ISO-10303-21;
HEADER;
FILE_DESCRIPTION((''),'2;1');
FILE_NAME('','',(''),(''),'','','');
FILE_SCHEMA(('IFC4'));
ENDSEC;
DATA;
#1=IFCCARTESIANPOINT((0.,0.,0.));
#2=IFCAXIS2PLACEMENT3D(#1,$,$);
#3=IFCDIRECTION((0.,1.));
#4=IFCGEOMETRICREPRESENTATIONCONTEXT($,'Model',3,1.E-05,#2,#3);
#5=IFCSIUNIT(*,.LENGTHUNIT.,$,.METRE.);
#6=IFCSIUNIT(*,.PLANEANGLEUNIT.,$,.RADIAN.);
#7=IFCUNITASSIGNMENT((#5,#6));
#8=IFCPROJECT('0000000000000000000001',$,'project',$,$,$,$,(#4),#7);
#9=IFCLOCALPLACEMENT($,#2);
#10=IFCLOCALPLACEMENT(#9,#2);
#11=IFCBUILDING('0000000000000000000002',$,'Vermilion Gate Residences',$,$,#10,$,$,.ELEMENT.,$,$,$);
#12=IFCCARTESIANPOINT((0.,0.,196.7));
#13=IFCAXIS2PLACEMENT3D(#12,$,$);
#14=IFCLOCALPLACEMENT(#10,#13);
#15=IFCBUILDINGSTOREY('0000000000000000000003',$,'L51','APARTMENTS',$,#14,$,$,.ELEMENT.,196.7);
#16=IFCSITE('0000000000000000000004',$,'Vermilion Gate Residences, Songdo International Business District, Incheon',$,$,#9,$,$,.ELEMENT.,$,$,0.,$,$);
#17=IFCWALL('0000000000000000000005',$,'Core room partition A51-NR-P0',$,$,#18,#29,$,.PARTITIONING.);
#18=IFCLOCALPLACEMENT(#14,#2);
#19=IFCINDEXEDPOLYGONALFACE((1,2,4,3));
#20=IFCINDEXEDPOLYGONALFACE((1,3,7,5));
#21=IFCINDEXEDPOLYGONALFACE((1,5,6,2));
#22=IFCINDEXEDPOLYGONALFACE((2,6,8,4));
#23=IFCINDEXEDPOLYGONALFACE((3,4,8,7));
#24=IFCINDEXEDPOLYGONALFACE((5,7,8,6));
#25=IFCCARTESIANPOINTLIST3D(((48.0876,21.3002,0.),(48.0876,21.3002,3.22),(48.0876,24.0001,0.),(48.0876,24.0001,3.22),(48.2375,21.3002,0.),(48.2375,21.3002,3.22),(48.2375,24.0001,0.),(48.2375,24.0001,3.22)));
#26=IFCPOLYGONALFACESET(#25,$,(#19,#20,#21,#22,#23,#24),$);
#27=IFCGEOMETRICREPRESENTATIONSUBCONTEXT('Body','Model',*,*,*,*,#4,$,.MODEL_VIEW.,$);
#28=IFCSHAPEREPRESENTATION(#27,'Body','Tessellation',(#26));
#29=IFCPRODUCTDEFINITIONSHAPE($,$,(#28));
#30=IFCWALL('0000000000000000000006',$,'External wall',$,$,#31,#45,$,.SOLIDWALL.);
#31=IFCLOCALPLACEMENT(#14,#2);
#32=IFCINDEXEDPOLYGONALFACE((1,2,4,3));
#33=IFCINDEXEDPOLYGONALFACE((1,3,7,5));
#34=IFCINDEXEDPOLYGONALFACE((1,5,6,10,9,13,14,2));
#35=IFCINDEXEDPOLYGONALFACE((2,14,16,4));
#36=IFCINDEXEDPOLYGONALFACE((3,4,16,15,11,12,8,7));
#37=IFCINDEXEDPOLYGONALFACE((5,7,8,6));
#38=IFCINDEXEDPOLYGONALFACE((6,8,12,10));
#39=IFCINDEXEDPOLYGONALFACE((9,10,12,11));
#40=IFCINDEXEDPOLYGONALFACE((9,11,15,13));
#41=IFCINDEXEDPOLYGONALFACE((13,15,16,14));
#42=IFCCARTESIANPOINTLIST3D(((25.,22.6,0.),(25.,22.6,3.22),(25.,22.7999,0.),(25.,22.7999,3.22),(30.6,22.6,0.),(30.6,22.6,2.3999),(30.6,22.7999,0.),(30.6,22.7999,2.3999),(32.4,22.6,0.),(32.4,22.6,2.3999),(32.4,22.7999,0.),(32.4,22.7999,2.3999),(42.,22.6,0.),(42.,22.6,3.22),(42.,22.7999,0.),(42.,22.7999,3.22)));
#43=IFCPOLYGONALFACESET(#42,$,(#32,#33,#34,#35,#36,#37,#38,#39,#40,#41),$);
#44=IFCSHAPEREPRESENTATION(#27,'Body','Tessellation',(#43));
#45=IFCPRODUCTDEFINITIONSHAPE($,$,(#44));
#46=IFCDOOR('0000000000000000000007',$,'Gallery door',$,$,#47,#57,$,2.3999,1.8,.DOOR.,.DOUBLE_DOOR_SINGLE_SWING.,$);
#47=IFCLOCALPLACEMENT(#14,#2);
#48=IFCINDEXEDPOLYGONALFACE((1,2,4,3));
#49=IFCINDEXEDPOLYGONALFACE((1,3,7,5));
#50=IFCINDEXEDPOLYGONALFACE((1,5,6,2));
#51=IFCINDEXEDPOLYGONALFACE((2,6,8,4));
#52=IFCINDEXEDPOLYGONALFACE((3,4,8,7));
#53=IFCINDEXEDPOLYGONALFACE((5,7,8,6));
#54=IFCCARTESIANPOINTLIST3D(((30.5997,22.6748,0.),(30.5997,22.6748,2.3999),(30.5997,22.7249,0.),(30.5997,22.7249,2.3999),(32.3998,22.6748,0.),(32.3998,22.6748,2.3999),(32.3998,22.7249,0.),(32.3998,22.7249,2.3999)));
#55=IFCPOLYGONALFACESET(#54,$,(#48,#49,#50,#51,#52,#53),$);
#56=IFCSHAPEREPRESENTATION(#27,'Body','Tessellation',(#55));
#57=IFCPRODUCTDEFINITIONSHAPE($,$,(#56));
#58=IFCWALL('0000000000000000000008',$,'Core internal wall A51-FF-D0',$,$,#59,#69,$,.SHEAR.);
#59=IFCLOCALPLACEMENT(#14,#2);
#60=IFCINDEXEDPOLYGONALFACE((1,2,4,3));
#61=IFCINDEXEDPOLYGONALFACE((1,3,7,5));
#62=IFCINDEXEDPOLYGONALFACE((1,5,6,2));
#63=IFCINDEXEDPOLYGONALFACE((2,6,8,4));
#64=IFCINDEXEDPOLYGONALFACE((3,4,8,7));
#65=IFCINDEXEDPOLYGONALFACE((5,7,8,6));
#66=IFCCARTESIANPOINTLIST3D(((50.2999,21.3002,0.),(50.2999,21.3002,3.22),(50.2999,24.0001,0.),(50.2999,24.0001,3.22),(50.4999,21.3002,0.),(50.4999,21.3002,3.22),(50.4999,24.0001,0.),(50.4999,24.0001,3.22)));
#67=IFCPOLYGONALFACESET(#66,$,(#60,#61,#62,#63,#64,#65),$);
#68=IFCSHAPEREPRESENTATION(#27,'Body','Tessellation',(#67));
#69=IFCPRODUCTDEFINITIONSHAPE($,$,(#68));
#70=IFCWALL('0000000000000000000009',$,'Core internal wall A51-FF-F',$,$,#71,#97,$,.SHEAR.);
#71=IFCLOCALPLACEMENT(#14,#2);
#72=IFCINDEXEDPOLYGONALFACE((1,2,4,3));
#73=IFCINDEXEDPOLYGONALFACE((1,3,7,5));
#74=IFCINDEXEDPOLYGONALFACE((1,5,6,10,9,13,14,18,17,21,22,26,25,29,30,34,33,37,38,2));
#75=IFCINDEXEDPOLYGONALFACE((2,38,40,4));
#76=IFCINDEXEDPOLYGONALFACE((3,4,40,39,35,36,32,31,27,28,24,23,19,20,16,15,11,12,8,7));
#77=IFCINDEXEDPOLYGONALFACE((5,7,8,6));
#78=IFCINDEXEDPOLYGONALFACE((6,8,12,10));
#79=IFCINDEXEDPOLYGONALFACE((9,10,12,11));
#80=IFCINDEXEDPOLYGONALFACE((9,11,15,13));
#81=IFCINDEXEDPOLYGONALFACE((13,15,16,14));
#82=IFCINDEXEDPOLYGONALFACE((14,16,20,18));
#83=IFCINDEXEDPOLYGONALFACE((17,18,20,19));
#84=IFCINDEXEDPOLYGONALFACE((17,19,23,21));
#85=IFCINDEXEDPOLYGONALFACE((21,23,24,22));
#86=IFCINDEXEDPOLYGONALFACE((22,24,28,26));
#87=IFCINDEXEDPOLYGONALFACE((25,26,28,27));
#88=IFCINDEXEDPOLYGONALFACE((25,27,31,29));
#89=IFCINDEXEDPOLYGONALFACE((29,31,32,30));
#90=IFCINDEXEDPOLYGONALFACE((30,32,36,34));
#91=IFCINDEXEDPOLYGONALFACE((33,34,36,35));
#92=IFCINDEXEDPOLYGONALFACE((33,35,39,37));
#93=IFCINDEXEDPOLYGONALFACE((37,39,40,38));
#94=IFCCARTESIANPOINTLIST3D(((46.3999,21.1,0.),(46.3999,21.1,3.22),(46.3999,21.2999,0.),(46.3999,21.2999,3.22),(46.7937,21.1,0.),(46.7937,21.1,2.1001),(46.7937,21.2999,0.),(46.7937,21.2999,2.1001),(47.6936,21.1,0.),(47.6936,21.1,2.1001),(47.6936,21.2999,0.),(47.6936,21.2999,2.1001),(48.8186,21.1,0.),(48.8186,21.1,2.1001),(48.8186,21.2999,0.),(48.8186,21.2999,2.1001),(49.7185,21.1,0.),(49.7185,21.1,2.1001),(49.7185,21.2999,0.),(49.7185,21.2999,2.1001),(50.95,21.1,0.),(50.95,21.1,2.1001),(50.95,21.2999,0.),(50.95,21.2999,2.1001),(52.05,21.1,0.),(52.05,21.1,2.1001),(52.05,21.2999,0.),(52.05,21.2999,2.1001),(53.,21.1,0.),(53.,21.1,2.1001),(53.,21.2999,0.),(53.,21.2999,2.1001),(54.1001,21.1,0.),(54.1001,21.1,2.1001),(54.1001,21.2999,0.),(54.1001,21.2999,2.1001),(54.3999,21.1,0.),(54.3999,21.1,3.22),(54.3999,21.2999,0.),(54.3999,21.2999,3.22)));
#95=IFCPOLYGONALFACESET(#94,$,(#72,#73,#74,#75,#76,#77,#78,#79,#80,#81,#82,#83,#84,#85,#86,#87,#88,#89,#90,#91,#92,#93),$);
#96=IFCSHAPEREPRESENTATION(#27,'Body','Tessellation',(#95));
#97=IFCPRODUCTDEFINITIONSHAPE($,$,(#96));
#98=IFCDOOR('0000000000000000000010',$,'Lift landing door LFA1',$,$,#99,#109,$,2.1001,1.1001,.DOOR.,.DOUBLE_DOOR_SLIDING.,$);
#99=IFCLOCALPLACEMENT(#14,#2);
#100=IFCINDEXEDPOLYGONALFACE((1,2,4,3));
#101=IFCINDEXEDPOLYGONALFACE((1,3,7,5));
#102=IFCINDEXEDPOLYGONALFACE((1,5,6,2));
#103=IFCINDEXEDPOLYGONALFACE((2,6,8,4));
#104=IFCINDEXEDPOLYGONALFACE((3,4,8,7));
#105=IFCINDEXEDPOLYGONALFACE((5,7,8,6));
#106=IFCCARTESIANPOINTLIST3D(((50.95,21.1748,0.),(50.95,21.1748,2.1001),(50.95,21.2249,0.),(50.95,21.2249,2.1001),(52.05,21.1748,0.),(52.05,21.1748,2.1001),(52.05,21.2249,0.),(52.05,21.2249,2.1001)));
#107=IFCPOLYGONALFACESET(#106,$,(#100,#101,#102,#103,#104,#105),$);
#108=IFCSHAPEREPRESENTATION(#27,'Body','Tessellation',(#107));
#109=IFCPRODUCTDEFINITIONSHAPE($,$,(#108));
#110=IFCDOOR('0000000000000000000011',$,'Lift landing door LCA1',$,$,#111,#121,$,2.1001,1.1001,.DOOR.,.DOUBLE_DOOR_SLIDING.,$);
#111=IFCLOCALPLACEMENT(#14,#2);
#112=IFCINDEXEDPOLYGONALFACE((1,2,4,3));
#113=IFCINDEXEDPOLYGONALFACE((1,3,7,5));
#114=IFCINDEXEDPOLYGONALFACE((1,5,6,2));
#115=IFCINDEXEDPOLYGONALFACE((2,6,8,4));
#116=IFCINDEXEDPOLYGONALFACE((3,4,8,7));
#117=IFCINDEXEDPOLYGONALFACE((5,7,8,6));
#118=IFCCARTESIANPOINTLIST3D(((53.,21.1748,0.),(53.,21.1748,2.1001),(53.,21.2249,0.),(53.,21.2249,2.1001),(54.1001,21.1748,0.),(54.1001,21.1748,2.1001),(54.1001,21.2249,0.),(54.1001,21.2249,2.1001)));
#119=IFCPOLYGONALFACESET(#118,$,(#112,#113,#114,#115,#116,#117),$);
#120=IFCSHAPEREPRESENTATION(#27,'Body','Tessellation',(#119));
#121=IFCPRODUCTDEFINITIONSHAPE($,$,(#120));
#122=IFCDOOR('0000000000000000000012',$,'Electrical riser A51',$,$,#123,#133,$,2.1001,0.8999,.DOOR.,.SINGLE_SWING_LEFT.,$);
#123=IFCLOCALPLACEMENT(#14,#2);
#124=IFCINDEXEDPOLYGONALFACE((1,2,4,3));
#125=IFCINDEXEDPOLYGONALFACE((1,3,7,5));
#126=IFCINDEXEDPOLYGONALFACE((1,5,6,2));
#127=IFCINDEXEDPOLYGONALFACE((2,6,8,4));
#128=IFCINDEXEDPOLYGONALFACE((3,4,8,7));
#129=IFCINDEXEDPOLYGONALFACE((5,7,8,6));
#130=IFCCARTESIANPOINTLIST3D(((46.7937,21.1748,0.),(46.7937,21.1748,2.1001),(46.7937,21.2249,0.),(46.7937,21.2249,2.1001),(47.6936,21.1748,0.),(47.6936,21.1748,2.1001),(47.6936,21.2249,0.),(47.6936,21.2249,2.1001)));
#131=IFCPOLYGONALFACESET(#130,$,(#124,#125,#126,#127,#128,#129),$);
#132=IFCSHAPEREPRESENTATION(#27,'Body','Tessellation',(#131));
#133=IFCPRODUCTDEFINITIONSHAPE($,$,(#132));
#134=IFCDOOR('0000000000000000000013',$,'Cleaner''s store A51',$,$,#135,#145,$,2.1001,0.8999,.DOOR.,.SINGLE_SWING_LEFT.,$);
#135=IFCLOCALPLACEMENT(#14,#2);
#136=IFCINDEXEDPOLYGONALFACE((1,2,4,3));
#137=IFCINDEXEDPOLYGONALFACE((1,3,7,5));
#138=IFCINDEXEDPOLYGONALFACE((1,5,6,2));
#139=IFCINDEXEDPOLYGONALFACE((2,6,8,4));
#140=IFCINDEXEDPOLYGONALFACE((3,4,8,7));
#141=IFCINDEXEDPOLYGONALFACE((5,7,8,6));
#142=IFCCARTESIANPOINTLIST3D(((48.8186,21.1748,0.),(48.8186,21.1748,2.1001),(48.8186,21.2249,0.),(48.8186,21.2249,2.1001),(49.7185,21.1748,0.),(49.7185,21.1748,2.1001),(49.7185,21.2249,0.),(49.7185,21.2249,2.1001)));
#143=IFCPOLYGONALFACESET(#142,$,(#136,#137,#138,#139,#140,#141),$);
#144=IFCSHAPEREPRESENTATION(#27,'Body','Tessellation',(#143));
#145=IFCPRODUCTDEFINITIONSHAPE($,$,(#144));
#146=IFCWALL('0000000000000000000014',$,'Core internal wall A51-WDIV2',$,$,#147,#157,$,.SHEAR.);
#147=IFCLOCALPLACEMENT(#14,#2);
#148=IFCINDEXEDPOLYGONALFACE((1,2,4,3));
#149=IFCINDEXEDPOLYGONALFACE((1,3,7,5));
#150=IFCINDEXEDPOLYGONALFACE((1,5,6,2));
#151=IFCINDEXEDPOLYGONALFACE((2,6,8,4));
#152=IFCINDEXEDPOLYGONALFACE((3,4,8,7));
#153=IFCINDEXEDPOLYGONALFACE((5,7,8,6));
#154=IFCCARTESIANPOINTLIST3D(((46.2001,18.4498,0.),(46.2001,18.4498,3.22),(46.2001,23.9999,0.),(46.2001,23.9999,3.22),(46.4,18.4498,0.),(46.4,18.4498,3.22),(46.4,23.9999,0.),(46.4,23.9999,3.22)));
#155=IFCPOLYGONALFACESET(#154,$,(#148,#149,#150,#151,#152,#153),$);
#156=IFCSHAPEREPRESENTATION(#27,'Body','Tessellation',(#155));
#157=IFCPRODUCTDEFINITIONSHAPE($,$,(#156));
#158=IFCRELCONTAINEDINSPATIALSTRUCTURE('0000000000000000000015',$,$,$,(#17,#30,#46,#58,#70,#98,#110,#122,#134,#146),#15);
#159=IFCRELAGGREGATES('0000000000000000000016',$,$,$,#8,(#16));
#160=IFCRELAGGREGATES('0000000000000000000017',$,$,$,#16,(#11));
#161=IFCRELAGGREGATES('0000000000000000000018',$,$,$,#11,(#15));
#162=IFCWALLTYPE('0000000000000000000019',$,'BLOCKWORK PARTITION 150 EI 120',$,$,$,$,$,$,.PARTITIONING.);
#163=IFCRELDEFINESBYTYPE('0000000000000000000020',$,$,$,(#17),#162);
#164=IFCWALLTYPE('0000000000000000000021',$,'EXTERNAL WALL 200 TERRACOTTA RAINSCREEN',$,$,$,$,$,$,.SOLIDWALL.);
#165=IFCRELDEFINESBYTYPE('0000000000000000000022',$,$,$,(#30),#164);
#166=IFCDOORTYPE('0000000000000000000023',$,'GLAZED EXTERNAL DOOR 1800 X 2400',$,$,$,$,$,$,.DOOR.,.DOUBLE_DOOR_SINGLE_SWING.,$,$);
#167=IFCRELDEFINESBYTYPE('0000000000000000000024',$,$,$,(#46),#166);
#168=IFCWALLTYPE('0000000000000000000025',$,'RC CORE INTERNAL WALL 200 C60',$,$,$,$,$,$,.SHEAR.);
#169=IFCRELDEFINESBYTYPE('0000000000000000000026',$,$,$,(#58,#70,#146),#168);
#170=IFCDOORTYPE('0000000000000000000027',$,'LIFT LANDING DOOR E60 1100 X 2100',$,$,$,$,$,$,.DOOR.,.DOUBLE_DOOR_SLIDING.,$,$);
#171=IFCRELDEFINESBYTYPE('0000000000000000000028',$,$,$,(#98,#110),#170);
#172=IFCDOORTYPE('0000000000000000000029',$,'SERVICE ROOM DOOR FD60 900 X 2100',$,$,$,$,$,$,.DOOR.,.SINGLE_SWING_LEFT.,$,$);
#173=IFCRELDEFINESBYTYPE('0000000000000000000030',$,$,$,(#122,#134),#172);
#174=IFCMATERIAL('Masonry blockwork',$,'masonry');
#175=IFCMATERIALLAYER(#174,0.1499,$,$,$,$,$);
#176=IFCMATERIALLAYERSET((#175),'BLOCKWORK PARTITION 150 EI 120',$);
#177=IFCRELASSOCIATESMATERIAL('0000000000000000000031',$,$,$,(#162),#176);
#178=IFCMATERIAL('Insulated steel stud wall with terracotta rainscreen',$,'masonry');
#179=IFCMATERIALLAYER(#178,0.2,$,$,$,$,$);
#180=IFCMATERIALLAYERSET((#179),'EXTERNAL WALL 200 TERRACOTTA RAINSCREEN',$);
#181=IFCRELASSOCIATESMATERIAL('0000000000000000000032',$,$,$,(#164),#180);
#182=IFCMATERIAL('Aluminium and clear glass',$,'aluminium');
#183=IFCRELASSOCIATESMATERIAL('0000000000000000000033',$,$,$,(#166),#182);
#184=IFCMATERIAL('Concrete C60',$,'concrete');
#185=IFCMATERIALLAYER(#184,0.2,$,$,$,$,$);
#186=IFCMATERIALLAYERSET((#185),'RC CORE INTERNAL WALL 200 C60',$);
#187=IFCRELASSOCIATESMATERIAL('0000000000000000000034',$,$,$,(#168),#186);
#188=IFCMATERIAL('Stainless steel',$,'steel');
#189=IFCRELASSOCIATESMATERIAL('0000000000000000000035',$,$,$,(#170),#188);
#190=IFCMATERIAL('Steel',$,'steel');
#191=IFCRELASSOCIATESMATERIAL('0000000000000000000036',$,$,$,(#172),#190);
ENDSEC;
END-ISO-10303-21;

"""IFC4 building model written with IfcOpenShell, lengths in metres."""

from ifc_helpers import new_model, si_unit, direction, frame, frame_2d, origin, place, context, subcontext, project, spatial, rectangle, extrude, material, layer, layer_set, type_object, element, fill, save


model = new_model("IFC4")

# Units and contexts
model_context = context("Model", 3, precision=1e-05, world=origin(), true_north=direction((0.0, 1.0)))
body_context = subcontext(model_context, "Body", "Model", "MODEL_VIEW")
ifc_project = project(units=[si_unit("LENGTHUNIT", "METRE"), si_unit("PLANEANGLEUNIT", "RADIAN")], contexts=[model_context])

# Site, building, storey
site_placement = place(None, origin())
site = spatial("IfcSite", under=ifc_project, at=site_placement, Name="Vermilion Gate Residences, Songdo International Business District, Incheon", CompositionType="ELEMENT", RefElevation=0.0)
building_placement = place(site_placement, origin())
building = spatial("IfcBuilding", under=site, at=building_placement, Name="Vermilion Gate Residences", CompositionType="ELEMENT")
storey_placement = place(building_placement, frame((0.0, 0.0, 196.7)))
storey = spatial("IfcBuildingStorey", under=building, at=storey_placement, Name="L51", Description="APARTMENTS", CompositionType="ELEMENT", Elevation=196.7)

# Wall
ifc_material_1 = material(Name="Masonry blockwork", Category="masonry")
ifc_layer_1 = layer(ifc_material_1, 0.1499)
ifc_layer_set_1 = layer_set([ifc_layer_1], Name="BLOCKWORK PARTITION 150 EI 120")
wall_type_1 = type_object("IfcWallType", Name="BLOCKWORK PARTITION 150 EI 120", PredefinedType="PARTITIONING", material=ifc_layer_set_1)
wall_1_placement = place(storey_placement, frame((48.1626, 21.3, 0.0), z_axis=(0.0, 0.0, 1.0), x_axis=(0.0, 1.0, 0.0)))
element("IfcWall", 1, at=wall_1_placement, inside=storey, type_object=wall_type_1, Name="Core room partition A51-NR-P0", PredefinedType="PARTITIONING", context=body_context, shape_type="SweptSolid", body=[
    extrude(rectangle(XDim=2.7, YDim=0.1499, at=frame_2d((1.3501, 0.0))), origin(), (0.0, 0.0, 1.0), 3.22),
])

# Wall, opening, door
ifc_material_2 = material(Name="Insulated steel stud wall with terracotta rainscreen", Category="masonry")
ifc_layer_2 = layer(ifc_material_2, 0.2)
ifc_layer_set_2 = layer_set([ifc_layer_2], Name="EXTERNAL WALL 200 TERRACOTTA RAINSCREEN")
wall_type_2 = type_object("IfcWallType", Name="EXTERNAL WALL 200 TERRACOTTA RAINSCREEN", PredefinedType="SOLIDWALL", material=ifc_layer_set_2)
wall_2_placement = place(storey_placement, frame((42.0, 22.7, 0.0), z_axis=(0.0, 0.0, 1.0), x_axis=(-1.0, 0.0, 0.0)))
wall_2 = element("IfcWall", 2, at=wall_2_placement, inside=storey, type_object=wall_type_2, Name="External wall", PredefinedType="SOLIDWALL", context=body_context, shape_type="SweptSolid", body=[
    extrude(rectangle(XDim=17.0, YDim=0.2, at=frame_2d((8.5, 0.0))), origin(), (0.0, 0.0, 1.0), 3.22),
])
opening_1_placement = place(wall_2_placement, frame((9.6001, 0.0, 0.0)))
opening_1 = element("IfcOpeningElement", 3, at=opening_1_placement, cuts=wall_2, PredefinedType="OPENING", context=body_context, shape_type="SweptSolid", body=[
    extrude(rectangle(XDim=1.8, YDim=2.3999, at=frame_2d((0.8999, 1.2))), frame((0.0, 0.1099, 0.0), z_axis=(0.0, -1.0, 0.0), x_axis=(1.0, 0.0, 0.0)), (0.0, 0.0, 1.0), 0.22),
])
ifc_material_3 = material(Name="Aluminium and clear glass", Category="aluminium")
door_type_1 = type_object("IfcDoorType", Name="GLAZED EXTERNAL DOOR 1800 X 2400", OperationType="DOUBLE_DOOR_SINGLE_SWING", PredefinedType="DOOR", material=ifc_material_3)
door_1_placement = place(opening_1_placement, frame((1.8, 0.0, 0.0), z_axis=(0.0, 0.0, 1.0), x_axis=(-1.0, 0.0, 0.0)))
door_1 = element("IfcDoor", 4, at=door_1_placement, inside=storey, type_object=door_type_1, Name="Gallery door", OperationType="DOUBLE_DOOR_SINGLE_SWING", OverallHeight=2.3999, OverallWidth=1.8, PredefinedType="DOOR", context=body_context, shape_type="SweptSolid", body=[
    extrude(rectangle(XDim=1.8, YDim=2.3999, at=frame_2d((0.8999, 1.2))), frame((0.0, 0.0249, 0.0), z_axis=(0.0, -1.0, 0.0), x_axis=(1.0, 0.0, 0.0)), (0.0, 0.0, 1.0), 0.05),
])
fill(opening_1, door_1)

# Wall
ifc_material_4 = material(Name="Concrete C60", Category="concrete")
ifc_layer_3 = layer(ifc_material_4, 0.2)
ifc_layer_set_3 = layer_set([ifc_layer_3], Name="RC CORE INTERNAL WALL 200 C60")
wall_type_3 = type_object("IfcWallType", Name="RC CORE INTERNAL WALL 200 C60", PredefinedType="SHEAR", material=ifc_layer_set_3)
wall_3_placement = place(storey_placement, frame((50.3999, 21.3, 0.0), z_axis=(0.0, 0.0, 1.0), x_axis=(0.0, 1.0, 0.0)))
element("IfcWall", 5, at=wall_3_placement, inside=storey, type_object=wall_type_3, Name="Core internal wall A51-FF-D0", PredefinedType="SHEAR", context=body_context, shape_type="SweptSolid", body=[
    extrude(rectangle(XDim=2.7, YDim=0.2, at=frame_2d((1.3501, 0.0))), origin(), (0.0, 0.0, 1.0), 3.22),
])

# Wall, openings, doors
wall_4_placement = place(storey_placement, frame((46.3999, 21.2, 0.0), z_axis=(0.0, 0.0, 1.0), x_axis=(1.0, 0.0, 0.0)))
wall_4 = element("IfcWall", 6, at=wall_4_placement, inside=storey, type_object=wall_type_3, Name="Core internal wall A51-FF-F", PredefinedType="SHEAR", context=body_context, shape_type="SweptSolid", body=[
    extrude(rectangle(XDim=8.0, YDim=0.2, at=frame_2d((4.0, 0.0))), origin(), (0.0, 0.0, 1.0), 3.22),
])
opening_2_placement = place(wall_4_placement, frame((0.3938, 0.0, 0.0)))
opening_2 = element("IfcOpeningElement", 7, at=opening_2_placement, cuts=wall_4, PredefinedType="OPENING", context=body_context, shape_type="SweptSolid", body=[
    extrude(rectangle(XDim=0.8999, YDim=2.1001, at=frame_2d((0.45, 1.05))), frame((0.0, 0.1099, 0.0), z_axis=(0.0, -1.0, 0.0), x_axis=(1.0, 0.0, 0.0)), (0.0, 0.0, 1.0), 0.22),
])
opening_3_placement = place(wall_4_placement, frame((2.4187, 0.0, 0.0)))
opening_3 = element("IfcOpeningElement", 8, at=opening_3_placement, cuts=wall_4, PredefinedType="OPENING", context=body_context, shape_type="SweptSolid", body=[
    extrude(rectangle(XDim=0.8999, YDim=2.1001, at=frame_2d((0.45, 1.05))), frame((0.0, 0.1099, 0.0), z_axis=(0.0, -1.0, 0.0), x_axis=(1.0, 0.0, 0.0)), (0.0, 0.0, 1.0), 0.22),
])
opening_4_placement = place(wall_4_placement, frame((4.55, 0.0, 0.0)))
opening_4 = element("IfcOpeningElement", 9, at=opening_4_placement, cuts=wall_4, PredefinedType="OPENING", context=body_context, shape_type="SweptSolid", body=[
    extrude(rectangle(XDim=1.1001, YDim=2.1001, at=frame_2d((0.55, 1.05))), frame((0.0, 0.1099, 0.0), z_axis=(0.0, -1.0, 0.0), x_axis=(1.0, 0.0, 0.0)), (0.0, 0.0, 1.0), 0.22),
])
opening_5_placement = place(wall_4_placement, frame((6.6001, 0.0, 0.0)))
opening_5 = element("IfcOpeningElement", 10, at=opening_5_placement, cuts=wall_4, PredefinedType="OPENING", context=body_context, shape_type="SweptSolid", body=[
    extrude(rectangle(XDim=1.1001, YDim=2.1001, at=frame_2d((0.55, 1.05))), frame((0.0, 0.1099, 0.0), z_axis=(0.0, -1.0, 0.0), x_axis=(1.0, 0.0, 0.0)), (0.0, 0.0, 1.0), 0.22),
])
ifc_material_5 = material(Name="Stainless steel", Category="steel")
door_type_2 = type_object("IfcDoorType", Name="LIFT LANDING DOOR E60 1100 X 2100", OperationType="DOUBLE_DOOR_SLIDING", PredefinedType="DOOR", material=ifc_material_5)
door_2_placement = place(opening_4_placement, origin())
door_2 = element("IfcDoor", 11, at=door_2_placement, inside=storey, type_object=door_type_2, Name="Lift landing door LFA1", OperationType="DOUBLE_DOOR_SLIDING", OverallHeight=2.1001, OverallWidth=1.1001, PredefinedType="DOOR", context=body_context, shape_type="SweptSolid", body=[
    extrude(rectangle(XDim=1.1001, YDim=2.1001, at=frame_2d((0.55, 1.05))), frame((0.0, 0.0249, 0.0), z_axis=(0.0, -1.0, 0.0), x_axis=(1.0, 0.0, 0.0)), (0.0, 0.0, 1.0), 0.05),
])
fill(opening_4, door_2)
door_3_placement = place(opening_5_placement, origin())
door_3 = element("IfcDoor", 12, at=door_3_placement, inside=storey, type_object=door_type_2, Name="Lift landing door LCA1", OperationType="DOUBLE_DOOR_SLIDING", OverallHeight=2.1001, OverallWidth=1.1001, PredefinedType="DOOR", context=body_context, shape_type="SweptSolid", body=[
    extrude(rectangle(XDim=1.1001, YDim=2.1001, at=frame_2d((0.55, 1.05))), frame((0.0, 0.0249, 0.0), z_axis=(0.0, -1.0, 0.0), x_axis=(1.0, 0.0, 0.0)), (0.0, 0.0, 1.0), 0.05),
])
fill(opening_5, door_3)
ifc_material_6 = material(Name="Steel", Category="steel")
door_type_3 = type_object("IfcDoorType", Name="SERVICE ROOM DOOR FD60 900 X 2100", OperationType="SINGLE_SWING_LEFT", PredefinedType="DOOR", material=ifc_material_6)
door_4_placement = place(opening_2_placement, origin())
door_4 = element("IfcDoor", 13, at=door_4_placement, inside=storey, type_object=door_type_3, Name="Electrical riser A51", OperationType="SINGLE_SWING_LEFT", OverallHeight=2.1001, OverallWidth=0.8999, PredefinedType="DOOR", context=body_context, shape_type="SweptSolid", body=[
    extrude(rectangle(XDim=0.8999, YDim=2.1001, at=frame_2d((0.45, 1.05))), frame((0.0, 0.0249, 0.0), z_axis=(0.0, -1.0, 0.0), x_axis=(1.0, 0.0, 0.0)), (0.0, 0.0, 1.0), 0.05),
])
fill(opening_2, door_4)
door_5_placement = place(opening_3_placement, origin())
door_5 = element("IfcDoor", 14, at=door_5_placement, inside=storey, type_object=door_type_3, Name="Cleaner's store A51", OperationType="SINGLE_SWING_LEFT", OverallHeight=2.1001, OverallWidth=0.8999, PredefinedType="DOOR", context=body_context, shape_type="SweptSolid", body=[
    extrude(rectangle(XDim=0.8999, YDim=2.1001, at=frame_2d((0.45, 1.05))), frame((0.0, 0.0249, 0.0), z_axis=(0.0, -1.0, 0.0), x_axis=(1.0, 0.0, 0.0)), (0.0, 0.0, 1.0), 0.05),
])
fill(opening_3, door_5)

# Wall
wall_5_placement = place(storey_placement, frame((46.3, 18.45, 0.0), z_axis=(0.0, 0.0, 1.0), x_axis=(0.0, 1.0, 0.0)))
element("IfcWall", 15, at=wall_5_placement, inside=storey, type_object=wall_type_3, Name="Core internal wall A51-WDIV2", PredefinedType="SHEAR", context=body_context, shape_type="SweptSolid", body=[
    extrude(rectangle(XDim=5.55, YDim=0.2, at=frame_2d((2.7749, 0.0))), origin(), (0.0, 0.0, 1.0), 3.22),
])

save(model, "model.ifc")
